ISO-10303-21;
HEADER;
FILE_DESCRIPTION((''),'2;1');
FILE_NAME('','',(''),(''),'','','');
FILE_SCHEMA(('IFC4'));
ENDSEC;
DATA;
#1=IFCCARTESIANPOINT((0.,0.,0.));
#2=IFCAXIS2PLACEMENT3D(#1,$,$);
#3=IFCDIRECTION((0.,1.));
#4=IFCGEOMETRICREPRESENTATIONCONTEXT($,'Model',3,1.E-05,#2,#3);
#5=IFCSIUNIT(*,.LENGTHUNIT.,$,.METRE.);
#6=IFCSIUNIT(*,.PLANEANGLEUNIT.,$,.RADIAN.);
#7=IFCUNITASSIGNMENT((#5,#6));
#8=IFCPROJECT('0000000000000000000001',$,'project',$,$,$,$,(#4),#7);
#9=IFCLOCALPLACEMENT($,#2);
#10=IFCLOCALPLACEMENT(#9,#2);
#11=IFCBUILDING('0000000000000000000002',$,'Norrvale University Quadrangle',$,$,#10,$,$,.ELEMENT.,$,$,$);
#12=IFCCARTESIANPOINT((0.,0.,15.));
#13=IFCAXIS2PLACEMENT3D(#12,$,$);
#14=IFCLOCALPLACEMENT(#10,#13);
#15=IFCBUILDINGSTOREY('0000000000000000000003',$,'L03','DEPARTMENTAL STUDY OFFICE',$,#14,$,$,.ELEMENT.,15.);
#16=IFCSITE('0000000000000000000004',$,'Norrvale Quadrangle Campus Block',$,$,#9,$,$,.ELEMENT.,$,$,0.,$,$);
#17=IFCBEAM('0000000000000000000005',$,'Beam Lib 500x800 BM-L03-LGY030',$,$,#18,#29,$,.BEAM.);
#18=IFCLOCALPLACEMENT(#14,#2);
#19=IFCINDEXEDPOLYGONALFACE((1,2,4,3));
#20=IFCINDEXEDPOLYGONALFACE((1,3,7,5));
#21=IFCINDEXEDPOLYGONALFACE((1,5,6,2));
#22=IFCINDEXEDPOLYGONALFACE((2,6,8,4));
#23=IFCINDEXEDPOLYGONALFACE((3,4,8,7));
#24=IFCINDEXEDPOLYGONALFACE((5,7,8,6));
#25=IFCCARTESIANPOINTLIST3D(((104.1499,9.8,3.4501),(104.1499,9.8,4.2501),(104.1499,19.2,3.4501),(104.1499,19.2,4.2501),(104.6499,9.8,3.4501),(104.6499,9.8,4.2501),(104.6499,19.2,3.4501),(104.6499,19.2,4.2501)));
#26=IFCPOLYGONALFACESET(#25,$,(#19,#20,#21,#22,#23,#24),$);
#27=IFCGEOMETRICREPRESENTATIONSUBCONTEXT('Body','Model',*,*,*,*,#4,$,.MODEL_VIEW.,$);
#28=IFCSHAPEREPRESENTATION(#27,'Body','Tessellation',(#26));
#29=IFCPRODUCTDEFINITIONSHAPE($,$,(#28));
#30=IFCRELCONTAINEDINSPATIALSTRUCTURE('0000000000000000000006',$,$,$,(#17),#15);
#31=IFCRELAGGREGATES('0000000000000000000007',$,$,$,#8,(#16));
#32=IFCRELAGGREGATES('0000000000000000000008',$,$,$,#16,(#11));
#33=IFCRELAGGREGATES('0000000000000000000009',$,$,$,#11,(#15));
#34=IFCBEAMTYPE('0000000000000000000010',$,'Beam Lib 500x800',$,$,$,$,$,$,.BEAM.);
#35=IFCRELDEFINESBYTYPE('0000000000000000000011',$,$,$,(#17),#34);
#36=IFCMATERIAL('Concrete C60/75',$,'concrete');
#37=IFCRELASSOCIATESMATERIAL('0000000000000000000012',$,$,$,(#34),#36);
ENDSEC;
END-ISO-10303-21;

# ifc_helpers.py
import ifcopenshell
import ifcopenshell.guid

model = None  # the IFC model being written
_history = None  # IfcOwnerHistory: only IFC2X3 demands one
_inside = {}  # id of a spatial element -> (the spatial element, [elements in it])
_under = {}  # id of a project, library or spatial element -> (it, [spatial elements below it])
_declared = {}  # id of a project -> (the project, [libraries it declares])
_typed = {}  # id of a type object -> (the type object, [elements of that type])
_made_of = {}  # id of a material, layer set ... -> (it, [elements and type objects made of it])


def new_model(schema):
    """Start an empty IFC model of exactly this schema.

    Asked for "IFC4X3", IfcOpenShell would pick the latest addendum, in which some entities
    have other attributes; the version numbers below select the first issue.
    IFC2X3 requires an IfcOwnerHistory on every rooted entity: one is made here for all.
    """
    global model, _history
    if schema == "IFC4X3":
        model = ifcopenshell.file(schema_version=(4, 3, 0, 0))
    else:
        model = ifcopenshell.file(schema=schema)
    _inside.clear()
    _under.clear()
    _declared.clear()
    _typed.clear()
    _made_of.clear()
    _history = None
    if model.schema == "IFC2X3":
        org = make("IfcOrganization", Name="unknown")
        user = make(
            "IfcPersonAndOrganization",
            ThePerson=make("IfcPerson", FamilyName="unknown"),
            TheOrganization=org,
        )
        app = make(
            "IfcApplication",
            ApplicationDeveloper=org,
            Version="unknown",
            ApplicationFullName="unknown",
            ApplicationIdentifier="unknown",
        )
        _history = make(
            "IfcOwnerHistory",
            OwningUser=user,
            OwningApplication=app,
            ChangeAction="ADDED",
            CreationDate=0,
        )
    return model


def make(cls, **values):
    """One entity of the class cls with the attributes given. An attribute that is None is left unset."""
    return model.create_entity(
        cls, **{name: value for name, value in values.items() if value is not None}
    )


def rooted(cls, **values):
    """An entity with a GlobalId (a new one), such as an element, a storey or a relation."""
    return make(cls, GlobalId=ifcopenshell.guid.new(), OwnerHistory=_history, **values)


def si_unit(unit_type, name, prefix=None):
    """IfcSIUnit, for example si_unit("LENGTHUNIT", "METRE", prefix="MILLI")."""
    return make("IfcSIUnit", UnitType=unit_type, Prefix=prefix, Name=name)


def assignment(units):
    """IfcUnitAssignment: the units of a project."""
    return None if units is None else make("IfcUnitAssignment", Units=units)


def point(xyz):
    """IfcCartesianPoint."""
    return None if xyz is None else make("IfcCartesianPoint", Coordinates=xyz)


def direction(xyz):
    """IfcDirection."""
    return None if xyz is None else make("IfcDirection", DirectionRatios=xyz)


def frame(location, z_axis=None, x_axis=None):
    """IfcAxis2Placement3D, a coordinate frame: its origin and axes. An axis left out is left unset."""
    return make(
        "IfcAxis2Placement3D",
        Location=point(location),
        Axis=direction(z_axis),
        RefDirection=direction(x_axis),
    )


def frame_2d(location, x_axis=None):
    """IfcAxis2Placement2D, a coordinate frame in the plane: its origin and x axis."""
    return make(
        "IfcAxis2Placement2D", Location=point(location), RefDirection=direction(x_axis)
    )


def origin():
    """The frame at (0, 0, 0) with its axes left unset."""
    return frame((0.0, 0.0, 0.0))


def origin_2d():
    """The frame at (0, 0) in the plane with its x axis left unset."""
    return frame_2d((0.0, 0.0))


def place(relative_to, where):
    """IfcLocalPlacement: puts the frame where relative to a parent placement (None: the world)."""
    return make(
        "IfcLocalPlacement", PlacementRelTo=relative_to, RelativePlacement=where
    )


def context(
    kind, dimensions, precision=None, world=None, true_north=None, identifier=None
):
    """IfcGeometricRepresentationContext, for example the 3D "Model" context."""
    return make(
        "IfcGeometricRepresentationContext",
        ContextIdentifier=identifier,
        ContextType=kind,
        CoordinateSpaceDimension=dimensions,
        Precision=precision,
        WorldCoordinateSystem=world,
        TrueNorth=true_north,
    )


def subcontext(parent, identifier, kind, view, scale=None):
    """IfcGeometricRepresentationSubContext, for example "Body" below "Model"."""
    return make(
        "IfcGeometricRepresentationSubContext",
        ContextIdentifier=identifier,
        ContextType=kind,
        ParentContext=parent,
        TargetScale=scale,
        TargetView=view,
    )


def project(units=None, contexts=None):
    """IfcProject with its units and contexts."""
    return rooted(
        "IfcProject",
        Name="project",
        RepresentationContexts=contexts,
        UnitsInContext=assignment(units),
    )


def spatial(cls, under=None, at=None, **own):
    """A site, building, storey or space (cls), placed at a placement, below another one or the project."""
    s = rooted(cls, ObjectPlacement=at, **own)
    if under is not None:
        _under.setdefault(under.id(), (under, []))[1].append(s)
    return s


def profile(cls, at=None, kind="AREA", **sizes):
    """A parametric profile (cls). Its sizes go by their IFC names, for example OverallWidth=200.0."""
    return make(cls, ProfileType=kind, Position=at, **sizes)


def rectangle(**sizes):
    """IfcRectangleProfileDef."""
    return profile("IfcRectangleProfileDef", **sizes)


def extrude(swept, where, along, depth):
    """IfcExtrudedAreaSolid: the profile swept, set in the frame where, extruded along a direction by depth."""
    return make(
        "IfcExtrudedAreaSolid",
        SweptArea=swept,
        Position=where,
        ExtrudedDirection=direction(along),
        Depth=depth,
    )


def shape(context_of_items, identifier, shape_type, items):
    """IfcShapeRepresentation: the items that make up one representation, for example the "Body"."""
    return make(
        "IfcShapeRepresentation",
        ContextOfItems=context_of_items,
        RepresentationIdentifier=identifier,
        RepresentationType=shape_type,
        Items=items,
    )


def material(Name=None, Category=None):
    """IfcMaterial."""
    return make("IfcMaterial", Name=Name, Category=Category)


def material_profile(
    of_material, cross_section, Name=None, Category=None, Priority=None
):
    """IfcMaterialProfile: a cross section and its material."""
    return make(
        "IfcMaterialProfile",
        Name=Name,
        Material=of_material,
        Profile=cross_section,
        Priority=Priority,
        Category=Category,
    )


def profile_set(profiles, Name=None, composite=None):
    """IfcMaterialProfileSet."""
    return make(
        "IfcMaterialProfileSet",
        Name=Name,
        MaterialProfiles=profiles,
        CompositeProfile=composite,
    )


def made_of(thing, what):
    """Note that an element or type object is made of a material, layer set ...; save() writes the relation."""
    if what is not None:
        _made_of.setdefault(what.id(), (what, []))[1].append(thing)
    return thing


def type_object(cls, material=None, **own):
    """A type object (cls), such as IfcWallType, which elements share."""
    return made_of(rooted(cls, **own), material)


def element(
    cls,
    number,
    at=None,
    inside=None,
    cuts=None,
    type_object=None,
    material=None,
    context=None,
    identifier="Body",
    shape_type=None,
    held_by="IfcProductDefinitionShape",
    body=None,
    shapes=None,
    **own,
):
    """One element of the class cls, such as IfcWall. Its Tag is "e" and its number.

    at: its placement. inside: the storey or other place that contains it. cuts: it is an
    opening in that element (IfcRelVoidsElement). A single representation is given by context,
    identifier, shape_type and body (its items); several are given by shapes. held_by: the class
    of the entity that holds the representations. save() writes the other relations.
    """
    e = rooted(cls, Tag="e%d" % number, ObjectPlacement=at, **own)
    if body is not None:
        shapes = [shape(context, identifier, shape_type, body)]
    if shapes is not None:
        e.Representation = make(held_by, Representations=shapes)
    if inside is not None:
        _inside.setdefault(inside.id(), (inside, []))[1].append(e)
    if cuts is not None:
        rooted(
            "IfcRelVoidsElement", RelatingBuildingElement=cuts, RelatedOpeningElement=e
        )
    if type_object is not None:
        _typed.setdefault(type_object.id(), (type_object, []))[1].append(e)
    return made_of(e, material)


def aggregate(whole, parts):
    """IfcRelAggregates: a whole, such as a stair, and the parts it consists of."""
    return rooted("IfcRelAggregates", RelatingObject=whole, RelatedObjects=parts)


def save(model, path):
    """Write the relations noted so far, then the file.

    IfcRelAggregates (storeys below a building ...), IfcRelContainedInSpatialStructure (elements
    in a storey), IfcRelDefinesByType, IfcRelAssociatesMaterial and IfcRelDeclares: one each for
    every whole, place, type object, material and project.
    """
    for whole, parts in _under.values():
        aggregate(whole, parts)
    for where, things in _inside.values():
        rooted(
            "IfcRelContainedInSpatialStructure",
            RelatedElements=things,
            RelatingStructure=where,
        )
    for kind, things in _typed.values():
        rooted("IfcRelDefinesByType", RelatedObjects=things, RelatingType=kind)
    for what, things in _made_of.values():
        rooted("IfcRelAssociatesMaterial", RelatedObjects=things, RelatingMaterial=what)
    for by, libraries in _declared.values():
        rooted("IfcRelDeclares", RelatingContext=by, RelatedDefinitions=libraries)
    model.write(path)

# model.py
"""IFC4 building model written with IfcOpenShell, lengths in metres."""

from ifc_helpers import new_model, si_unit, direction, frame, origin, origin_2d, place, context, subcontext, project, spatial, rectangle, extrude, material, material_profile, profile_set, type_object, element, save


model = new_model("IFC4")

# Units and contexts
model_context = context("Model", 3, precision=1e-05, world=origin(), true_north=direction((0.0, 1.0)))
body_context = subcontext(model_context, "Body", "Model", "MODEL_VIEW")
ifc_project = project(units=[si_unit("LENGTHUNIT", "METRE"), si_unit("PLANEANGLEUNIT", "RADIAN")], contexts=[model_context])

# Site, building, storey
site_placement = place(None, origin())
site = spatial("IfcSite", under=ifc_project, at=site_placement, Name="Norrvale Quadrangle Campus Block", CompositionType="ELEMENT", RefElevation=0.0)
building_placement = place(site_placement, origin())
building = spatial("IfcBuilding", under=site, at=building_placement, Name="Norrvale University Quadrangle", CompositionType="ELEMENT")
storey_placement = place(building_placement, frame((0.0, 0.0, 15.0)))
storey = spatial("IfcBuildingStorey", under=building, at=storey_placement, Name="L03", Description="DEPARTMENTAL STUDY OFFICE", CompositionType="ELEMENT", Elevation=15.0)

# Shared definitions
ifc_material = material(Name="Concrete C60/75", Category="concrete")

# Beam
ifc_material_profile_1 = material_profile(ifc_material, rectangle(XDim=0.5, YDim=0.8, at=origin_2d()), Name="Concrete C60/75")
ifc_profile_set_1 = profile_set([ifc_material_profile_1], Name="Concrete C60/75")
beam_type_1 = type_object("IfcBeamType", Name="Beam Lib 500x800", PredefinedType="BEAM", material=ifc_profile_set_1)
beam_1_placement = place(storey_placement, frame((104.3999, 9.8, 3.8501), z_axis=(0.0, 1.0, 0.0), x_axis=(-1.0, 0.0, 0.0)))
element("IfcBeam", 1, at=beam_1_placement, inside=storey, type_object=beam_type_1, Name="Beam Lib 500x800 BM-L03-LGY030", PredefinedType="BEAM", context=body_context, shape_type="SweptSolid", body=[
    extrude(rectangle(XDim=0.5, YDim=0.8, at=origin_2d()), origin(), (0.0, 0.0, 1.0), 9.3999),
])

save(model, "model.ifc")
